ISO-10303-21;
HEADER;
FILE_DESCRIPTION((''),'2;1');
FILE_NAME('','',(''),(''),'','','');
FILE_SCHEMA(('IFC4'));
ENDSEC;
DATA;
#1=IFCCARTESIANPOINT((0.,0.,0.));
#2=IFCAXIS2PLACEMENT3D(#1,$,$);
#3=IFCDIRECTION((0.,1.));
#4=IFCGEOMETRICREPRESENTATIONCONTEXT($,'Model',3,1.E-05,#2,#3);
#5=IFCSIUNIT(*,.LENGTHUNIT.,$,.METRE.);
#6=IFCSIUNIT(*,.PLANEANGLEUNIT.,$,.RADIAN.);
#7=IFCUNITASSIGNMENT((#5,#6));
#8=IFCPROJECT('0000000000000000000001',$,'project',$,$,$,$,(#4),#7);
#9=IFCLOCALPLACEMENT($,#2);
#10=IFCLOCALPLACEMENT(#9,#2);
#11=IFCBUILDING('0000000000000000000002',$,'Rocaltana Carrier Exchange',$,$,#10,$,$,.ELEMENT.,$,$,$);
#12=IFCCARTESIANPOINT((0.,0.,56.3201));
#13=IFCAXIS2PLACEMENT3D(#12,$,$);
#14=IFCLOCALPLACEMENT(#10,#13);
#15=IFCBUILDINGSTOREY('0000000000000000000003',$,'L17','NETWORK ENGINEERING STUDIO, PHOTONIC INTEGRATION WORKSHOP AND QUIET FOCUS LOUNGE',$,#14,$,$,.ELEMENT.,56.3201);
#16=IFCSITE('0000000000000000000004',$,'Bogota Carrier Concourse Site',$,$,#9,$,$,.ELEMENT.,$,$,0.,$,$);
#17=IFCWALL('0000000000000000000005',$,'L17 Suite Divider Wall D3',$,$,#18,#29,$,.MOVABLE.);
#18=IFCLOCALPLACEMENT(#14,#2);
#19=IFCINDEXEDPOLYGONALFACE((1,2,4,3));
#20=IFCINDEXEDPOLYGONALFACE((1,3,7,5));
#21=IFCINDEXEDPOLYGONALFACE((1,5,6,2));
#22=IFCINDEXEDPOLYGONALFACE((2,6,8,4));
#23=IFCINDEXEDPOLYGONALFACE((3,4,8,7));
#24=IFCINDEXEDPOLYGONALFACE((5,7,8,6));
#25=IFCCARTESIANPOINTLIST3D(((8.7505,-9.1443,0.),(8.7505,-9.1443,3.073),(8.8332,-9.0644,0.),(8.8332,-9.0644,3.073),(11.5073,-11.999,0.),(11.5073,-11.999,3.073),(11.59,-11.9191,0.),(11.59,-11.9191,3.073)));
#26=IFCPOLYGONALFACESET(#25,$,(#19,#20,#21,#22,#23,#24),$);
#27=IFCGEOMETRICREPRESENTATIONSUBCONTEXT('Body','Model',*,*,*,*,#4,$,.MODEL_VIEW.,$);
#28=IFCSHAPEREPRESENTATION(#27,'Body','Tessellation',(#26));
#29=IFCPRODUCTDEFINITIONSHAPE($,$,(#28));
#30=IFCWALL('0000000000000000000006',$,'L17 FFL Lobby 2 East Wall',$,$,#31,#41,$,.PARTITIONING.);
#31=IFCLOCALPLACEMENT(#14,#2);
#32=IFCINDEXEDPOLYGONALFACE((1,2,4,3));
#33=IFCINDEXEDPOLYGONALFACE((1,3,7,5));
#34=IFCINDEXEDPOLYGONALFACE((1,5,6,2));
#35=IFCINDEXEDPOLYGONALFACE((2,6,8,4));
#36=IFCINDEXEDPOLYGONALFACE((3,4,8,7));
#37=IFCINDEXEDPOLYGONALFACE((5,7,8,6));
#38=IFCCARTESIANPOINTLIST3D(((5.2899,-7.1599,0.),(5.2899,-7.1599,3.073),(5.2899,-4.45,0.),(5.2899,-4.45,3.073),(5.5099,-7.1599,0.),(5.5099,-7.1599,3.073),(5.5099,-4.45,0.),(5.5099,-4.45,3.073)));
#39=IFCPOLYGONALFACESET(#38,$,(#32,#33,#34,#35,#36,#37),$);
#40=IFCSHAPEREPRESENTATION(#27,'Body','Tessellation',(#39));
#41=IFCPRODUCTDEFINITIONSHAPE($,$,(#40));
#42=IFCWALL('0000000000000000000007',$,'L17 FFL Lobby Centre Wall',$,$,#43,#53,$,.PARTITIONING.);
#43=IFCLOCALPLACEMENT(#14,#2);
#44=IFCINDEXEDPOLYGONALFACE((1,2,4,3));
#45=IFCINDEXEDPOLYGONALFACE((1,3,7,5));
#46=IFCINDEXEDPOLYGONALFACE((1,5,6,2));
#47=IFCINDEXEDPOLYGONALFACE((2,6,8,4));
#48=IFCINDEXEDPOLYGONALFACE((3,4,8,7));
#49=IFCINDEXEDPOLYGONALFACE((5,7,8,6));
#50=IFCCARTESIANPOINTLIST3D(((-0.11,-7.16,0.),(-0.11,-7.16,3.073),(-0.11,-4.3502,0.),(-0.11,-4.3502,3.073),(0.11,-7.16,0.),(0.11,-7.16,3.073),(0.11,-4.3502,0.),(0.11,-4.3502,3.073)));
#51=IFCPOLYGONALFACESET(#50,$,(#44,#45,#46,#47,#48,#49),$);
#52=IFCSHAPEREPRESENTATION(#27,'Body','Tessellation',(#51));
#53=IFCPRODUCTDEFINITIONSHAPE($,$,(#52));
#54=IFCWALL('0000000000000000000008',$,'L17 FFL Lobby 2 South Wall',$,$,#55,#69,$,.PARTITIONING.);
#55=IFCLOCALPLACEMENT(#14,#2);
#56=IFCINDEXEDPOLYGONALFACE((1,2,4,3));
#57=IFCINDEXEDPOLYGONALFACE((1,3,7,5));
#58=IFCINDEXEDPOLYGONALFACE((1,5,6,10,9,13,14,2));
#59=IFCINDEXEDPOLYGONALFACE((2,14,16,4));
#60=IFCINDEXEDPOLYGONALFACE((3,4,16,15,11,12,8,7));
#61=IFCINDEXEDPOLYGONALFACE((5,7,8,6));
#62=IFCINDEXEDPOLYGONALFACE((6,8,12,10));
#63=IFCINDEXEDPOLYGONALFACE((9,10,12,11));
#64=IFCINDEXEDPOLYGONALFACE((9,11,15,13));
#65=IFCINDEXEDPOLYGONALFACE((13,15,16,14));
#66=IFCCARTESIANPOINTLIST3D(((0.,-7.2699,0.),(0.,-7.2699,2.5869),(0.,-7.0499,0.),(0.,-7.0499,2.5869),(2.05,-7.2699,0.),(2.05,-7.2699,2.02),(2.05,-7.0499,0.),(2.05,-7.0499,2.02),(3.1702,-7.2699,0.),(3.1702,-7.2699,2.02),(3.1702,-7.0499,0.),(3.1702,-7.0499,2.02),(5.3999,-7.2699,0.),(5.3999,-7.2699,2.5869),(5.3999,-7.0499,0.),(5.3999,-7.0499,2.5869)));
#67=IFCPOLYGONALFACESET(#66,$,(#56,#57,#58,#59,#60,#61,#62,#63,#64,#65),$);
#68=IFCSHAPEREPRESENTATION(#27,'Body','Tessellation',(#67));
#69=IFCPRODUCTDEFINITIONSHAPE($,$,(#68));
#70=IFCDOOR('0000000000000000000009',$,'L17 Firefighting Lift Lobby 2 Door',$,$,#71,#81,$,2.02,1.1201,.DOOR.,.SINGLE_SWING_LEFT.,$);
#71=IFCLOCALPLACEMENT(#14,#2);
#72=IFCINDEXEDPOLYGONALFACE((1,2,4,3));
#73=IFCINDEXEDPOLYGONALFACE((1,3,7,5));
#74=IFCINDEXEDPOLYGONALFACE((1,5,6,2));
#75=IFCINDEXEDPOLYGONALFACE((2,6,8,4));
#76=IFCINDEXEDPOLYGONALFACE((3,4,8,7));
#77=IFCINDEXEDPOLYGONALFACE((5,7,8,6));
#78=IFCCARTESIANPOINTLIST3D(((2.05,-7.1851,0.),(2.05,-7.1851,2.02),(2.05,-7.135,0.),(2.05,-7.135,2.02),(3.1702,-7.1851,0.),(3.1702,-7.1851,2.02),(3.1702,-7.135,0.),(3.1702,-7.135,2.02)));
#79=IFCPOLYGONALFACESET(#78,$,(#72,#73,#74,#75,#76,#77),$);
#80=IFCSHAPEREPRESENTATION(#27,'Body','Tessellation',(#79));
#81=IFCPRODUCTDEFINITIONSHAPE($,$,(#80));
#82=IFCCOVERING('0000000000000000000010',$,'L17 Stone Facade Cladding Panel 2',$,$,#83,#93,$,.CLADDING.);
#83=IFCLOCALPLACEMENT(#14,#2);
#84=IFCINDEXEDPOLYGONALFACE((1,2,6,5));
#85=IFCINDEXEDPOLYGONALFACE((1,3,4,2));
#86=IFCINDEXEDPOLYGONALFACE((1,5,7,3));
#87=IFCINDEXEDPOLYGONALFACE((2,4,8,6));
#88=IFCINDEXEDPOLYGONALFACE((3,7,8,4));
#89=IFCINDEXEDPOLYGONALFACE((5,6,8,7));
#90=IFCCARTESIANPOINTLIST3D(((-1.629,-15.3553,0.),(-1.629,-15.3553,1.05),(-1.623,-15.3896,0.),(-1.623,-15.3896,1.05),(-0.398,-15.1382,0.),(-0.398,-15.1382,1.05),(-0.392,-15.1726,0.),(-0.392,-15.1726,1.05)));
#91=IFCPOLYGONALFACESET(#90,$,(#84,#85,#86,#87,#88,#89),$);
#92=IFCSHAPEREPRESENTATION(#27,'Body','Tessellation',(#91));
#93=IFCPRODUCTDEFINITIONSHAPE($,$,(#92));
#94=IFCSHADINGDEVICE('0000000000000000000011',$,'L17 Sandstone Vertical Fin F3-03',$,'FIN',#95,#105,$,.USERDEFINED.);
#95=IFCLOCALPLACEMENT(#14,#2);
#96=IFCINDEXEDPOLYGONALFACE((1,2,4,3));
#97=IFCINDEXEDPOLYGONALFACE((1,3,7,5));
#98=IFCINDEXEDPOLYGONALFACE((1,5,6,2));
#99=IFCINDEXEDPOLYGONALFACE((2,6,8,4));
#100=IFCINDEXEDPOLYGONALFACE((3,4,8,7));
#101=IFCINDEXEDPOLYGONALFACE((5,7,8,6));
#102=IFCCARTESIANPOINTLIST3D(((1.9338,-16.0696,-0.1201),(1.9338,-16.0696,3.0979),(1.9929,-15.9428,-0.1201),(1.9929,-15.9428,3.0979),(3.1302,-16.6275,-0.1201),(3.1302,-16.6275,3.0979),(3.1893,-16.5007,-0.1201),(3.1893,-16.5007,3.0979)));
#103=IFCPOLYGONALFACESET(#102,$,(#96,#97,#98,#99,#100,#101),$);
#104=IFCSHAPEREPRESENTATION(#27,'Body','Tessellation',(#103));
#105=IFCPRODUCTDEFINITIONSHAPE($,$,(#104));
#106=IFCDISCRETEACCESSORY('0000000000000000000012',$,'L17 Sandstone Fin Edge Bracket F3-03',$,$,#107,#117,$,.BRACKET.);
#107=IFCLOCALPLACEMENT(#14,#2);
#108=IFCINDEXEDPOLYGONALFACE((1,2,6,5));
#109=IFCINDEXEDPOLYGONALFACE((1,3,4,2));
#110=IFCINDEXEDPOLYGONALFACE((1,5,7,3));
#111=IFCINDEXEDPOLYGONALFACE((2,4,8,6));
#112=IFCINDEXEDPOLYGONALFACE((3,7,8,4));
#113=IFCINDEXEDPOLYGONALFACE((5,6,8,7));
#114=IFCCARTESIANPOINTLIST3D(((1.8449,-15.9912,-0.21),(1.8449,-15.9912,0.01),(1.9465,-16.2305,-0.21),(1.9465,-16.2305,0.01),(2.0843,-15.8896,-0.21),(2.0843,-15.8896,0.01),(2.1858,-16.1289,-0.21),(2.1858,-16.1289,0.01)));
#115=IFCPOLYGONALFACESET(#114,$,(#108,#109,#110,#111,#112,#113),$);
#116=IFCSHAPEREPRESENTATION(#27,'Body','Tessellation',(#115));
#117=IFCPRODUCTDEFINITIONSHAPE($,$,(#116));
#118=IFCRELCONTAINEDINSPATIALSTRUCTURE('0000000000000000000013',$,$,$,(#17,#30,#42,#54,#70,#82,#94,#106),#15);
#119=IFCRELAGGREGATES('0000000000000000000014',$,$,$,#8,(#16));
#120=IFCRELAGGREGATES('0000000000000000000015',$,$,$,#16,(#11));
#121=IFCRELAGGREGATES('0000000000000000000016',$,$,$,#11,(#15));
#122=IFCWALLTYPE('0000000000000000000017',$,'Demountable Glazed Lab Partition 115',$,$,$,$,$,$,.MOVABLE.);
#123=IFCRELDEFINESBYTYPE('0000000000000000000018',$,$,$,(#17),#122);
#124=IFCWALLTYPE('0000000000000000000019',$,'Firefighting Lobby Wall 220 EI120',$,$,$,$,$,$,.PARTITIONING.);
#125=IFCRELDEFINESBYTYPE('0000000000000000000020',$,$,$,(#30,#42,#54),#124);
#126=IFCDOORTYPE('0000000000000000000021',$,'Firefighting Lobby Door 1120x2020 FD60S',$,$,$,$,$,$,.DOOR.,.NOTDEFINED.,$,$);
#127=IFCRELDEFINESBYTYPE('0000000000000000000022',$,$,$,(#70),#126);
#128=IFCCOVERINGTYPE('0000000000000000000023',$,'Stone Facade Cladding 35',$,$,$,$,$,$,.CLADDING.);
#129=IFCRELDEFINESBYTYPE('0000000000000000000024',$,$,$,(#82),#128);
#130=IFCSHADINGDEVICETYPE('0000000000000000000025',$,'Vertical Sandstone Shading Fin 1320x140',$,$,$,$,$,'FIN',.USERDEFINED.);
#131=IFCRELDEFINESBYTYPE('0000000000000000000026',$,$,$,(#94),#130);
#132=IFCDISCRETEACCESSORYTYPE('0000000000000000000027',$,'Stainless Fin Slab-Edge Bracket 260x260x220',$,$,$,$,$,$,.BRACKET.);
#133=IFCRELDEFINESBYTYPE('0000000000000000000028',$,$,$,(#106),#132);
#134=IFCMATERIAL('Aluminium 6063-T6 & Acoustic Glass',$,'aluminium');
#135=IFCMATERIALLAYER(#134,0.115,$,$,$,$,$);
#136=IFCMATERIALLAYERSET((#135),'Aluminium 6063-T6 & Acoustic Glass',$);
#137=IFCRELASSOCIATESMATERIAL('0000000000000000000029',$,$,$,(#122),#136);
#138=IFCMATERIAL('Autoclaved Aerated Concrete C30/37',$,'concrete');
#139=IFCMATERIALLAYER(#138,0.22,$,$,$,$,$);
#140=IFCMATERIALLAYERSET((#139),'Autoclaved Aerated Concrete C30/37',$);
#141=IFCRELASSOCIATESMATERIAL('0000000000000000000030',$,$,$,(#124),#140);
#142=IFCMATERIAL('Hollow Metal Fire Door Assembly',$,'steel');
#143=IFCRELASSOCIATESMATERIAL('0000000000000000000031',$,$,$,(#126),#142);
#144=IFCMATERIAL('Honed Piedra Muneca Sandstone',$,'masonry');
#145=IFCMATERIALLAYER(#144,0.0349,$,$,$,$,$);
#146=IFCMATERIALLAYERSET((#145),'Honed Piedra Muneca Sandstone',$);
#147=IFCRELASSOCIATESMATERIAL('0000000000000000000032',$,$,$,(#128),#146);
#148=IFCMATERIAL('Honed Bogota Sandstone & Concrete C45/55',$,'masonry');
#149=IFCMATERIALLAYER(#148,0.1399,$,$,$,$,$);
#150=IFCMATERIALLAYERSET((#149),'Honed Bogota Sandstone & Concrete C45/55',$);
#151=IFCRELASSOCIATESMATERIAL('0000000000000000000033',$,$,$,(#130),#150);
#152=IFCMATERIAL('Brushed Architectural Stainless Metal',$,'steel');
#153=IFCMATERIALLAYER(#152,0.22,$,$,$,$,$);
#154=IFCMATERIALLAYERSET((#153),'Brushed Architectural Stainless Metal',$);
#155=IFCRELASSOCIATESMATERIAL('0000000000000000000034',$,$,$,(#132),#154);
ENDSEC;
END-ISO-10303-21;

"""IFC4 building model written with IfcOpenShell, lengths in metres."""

from ifc_helpers import new_model, si_unit, direction, frame, frame_2d, origin, origin_2d, place, context, subcontext, project, spatial, rectangle, extrude, material, layer, layer_set, type_object, element, fill, save


model = new_model("IFC4")

# Units and contexts
model_context = context("Model", 3, precision=1e-05, world=origin(), true_north=direction((0.0, 1.0)))
body_context = subcontext(model_context, "Body", "Model", "MODEL_VIEW")
ifc_project = project(units=[si_unit("LENGTHUNIT", "METRE"), si_unit("PLANEANGLEUNIT", "RADIAN")], contexts=[model_context])

# Site, building, storey
site_placement = place(None, origin())
site = spatial("IfcSite", under=ifc_project, at=site_placement, Name="Bogota Carrier Concourse Site", CompositionType="ELEMENT", RefElevation=0.0)
building_placement = place(site_placement, origin())
building = spatial("IfcBuilding", under=site, at=building_placement, Name="Rocaltana Carrier Exchange", CompositionType="ELEMENT")
storey_placement = place(building_placement, frame((0.0, 0.0, 56.3201)))
storey = spatial("IfcBuildingStorey", under=building, at=storey_placement, Name="L17", Description="NETWORK ENGINEERING STUDIO, PHOTONIC INTEGRATION WORKSHOP AND QUIET FOCUS LOUNGE", CompositionType="ELEMENT", Elevation=56.3201)

# Walls
ifc_material_1 = material(Name="Aluminium 6063-T6 & Acoustic Glass", Category="aluminium")
ifc_layer_1 = layer(ifc_material_1, 0.115)
ifc_layer_set_1 = layer_set([ifc_layer_1], Name="Aluminium 6063-T6 & Acoustic Glass")
wall_type_1 = type_object("IfcWallType", Name="Demountable Glazed Lab Partition 115", PredefinedType="MOVABLE", material=ifc_layer_set_1)
wall_1_placement = place(storey_placement, frame((8.7917, -9.1042, 0.0), z_axis=(0.0, 0.0, 1.0), x_axis=(0.694665, -0.719334, 0.0)))
element("IfcWall", 1, at=wall_1_placement, inside=storey, type_object=wall_type_1, Name="L17 Suite Divider Wall D3", PredefinedType="MOVABLE", context=body_context, shape_type="SweptSolid", body=[
    extrude(rectangle(XDim=3.9685, YDim=0.115, at=frame_2d((1.9844, 0.0))), origin(), (0.0, 0.0, 1.0), 3.073),
])
ifc_material_2 = material(Name="Autoclaved Aerated Concrete C30/37", Category="concrete")
ifc_layer_2 = layer(ifc_material_2, 0.22)
ifc_layer_set_2 = layer_set([ifc_layer_2], Name="Autoclaved Aerated Concrete C30/37")
wall_type_2 = type_object("IfcWallType", Name="Firefighting Lobby Wall 220 EI120", PredefinedType="PARTITIONING", material=ifc_layer_set_2)
wall_2_placement = place(storey_placement, frame((5.3999, -7.1599, 0.0), z_axis=(0.0, 0.0, 1.0), x_axis=(0.0, 1.0, 0.0)))
element("IfcWall", 2, at=wall_2_placement, inside=storey, type_object=wall_type_2, Name="L17 FFL Lobby 2 East Wall", PredefinedType="PARTITIONING", context=body_context, shape_type="SweptSolid", body=[
    extrude(rectangle(XDim=2.71, YDim=0.22, at=frame_2d((1.355, 0.0))), origin(), (0.0, 0.0, 1.0), 3.073),
])
wall_3_placement = place(storey_placement, frame((0.0, -7.1599, 0.0), z_axis=(0.0, 0.0, 1.0), x_axis=(0.0, 1.0, 0.0)))
element("IfcWall", 3, at=wall_3_placement, inside=storey, type_object=wall_type_2, Name="L17 FFL Lobby Centre Wall", PredefinedType="PARTITIONING", context=body_context, shape_type="SweptSolid", body=[
    extrude(rectangle(XDim=2.8098, YDim=0.22, at=frame_2d((1.4048, 0.0))), origin(), (0.0, 0.0, 1.0), 3.073),
])

# Wall, opening, door
wall_4_placement = place(storey_placement, frame((0.0, -7.1599, 0.0), z_axis=(0.0, 0.0, 1.0), x_axis=(1.0, 0.0, 0.0)))
wall_4 = element("IfcWall", 4, at=wall_4_placement, inside=storey, type_object=wall_type_2, Name="L17 FFL Lobby 2 South Wall", PredefinedType="PARTITIONING", context=body_context, shape_type="SweptSolid", body=[
    extrude(rectangle(XDim=5.3999, YDim=0.22, at=frame_2d((2.7, 0.0))), origin(), (0.0, 0.0, 1.0), 2.5869),
])
opening_1_placement = place(wall_4_placement, frame((2.05, 0.0, 0.0)))
opening_1 = element("IfcOpeningElement", 5, at=opening_1_placement, cuts=wall_4, PredefinedType="OPENING", context=body_context, shape_type="SweptSolid", body=[
    extrude(rectangle(XDim=1.1201, YDim=2.02, at=frame_2d((0.5601, 1.01))), frame((0.0, 0.1199, 0.0), z_axis=(0.0, -1.0, 0.0), x_axis=(1.0, 0.0, 0.0)), (0.0, 0.0, 1.0), 0.24),
])
ifc_material_3 = material(Name="Hollow Metal Fire Door Assembly", Category="steel")
door_type_1 = type_object("IfcDoorType", Name="Firefighting Lobby Door 1120x2020 FD60S", OperationType="NOTDEFINED", PredefinedType="DOOR", material=ifc_material_3)
door_1_placement = place(opening_1_placement, origin())
door_1 = element("IfcDoor", 6, at=door_1_placement, inside=storey, type_object=door_type_1, Name="L17 Firefighting Lift Lobby 2 Door", OperationType="SINGLE_SWING_LEFT", OverallHeight=2.02, OverallWidth=1.1201, PredefinedType="DOOR", context=body_context, shape_type="SweptSolid", body=[
    extrude(rectangle(XDim=1.1201, YDim=2.02, at=frame_2d((0.5601, 1.01))), frame((0.0, 0.0249, 0.0), z_axis=(0.0, -1.0, 0.0), x_axis=(1.0, 0.0, 0.0)), (0.0, 0.0, 1.0), 0.05),
])
fill(opening_1, door_1)

# Covering
ifc_material_4 = material(Name="Honed Piedra Muneca Sandstone", Category="masonry")
ifc_layer_3 = layer(ifc_material_4, 0.0349)
ifc_layer_set_3 = layer_set([ifc_layer_3], Name="Honed Piedra Muneca Sandstone")
covering_type = type_object("IfcCoveringType", Name="Stone Facade Cladding 35", PredefinedType="CLADDING", material=ifc_layer_set_3)
covering_placement = place(storey_placement, frame((-1.0105, -15.2639, 0.0), z_axis=(0.0, 0.0, 1.0), x_axis=(0.984808, 0.173648, 0.0)))
element("IfcCovering", 7, at=covering_placement, inside=storey, type_object=covering_type, Name="L17 Stone Facade Cladding Panel 2", PredefinedType="CLADDING", context=body_context, shape_type="SweptSolid", body=[
    extrude(rectangle(XDim=1.25, YDim=0.0349, at=origin_2d()), origin(), (0.0, 0.0, 1.0), 1.05),
])

# Shading device
ifc_material_5 = material(Name="Honed Bogota Sandstone & Concrete C45/55", Category="masonry")
ifc_layer_4 = layer(ifc_material_5, 0.1399)
ifc_layer_set_4 = layer_set([ifc_layer_4], Name="Honed Bogota Sandstone & Concrete C45/55")
shading_device_type = type_object("IfcShadingDeviceType", Name="Vertical Sandstone Shading Fin 1320x140", ElementType="FIN", PredefinedType="USERDEFINED", material=ifc_layer_set_4)
shading_device_placement = place(storey_placement, frame((2.5615, -16.2852, -0.1201), z_axis=(0.0, 0.0, 1.0), x_axis=(0.906308, -0.422618, 0.0)))
element("IfcShadingDevice", 8, at=shading_device_placement, inside=storey, type_object=shading_device_type, Name="L17 Sandstone Vertical Fin F3-03", ObjectType="FIN", PredefinedType="USERDEFINED", context=body_context, shape_type="SweptSolid", body=[
    extrude(rectangle(XDim=1.3201, YDim=0.1399, at=origin_2d()), origin(), (0.0, 0.0, 1.0), 3.218),
])

# Discrete accessory
ifc_material_6 = material(Name="Brushed Architectural Stainless Metal", Category="steel")
ifc_layer_5 = layer(ifc_material_6, 0.22)
ifc_layer_set_5 = layer_set([ifc_layer_5], Name="Brushed Architectural Stainless Metal")
discrete_accessory_type = type_object("IfcDiscreteAccessoryType", Name="Stainless Fin Slab-Edge Bracket 260x260x220", PredefinedType="BRACKET", material=ifc_layer_set_5)
discrete_accessory_placement = place(storey_placement, frame((2.0154, -16.0601, -0.21), z_axis=(0.0, 0.0, 1.0), x_axis=(0.920505, 0.390731, 0.0)))
element("IfcDiscreteAccessory", 9, at=discrete_accessory_placement, inside=storey, type_object=discrete_accessory_type, Name="L17 Sandstone Fin Edge Bracket F3-03", PredefinedType="BRACKET", context=body_context, shape_type="SweptSolid", body=[
    extrude(rectangle(XDim=0.26, YDim=0.26, at=origin_2d()), origin(), (0.0, 0.0, 1.0), 0.22),
])

save(model, "model.ifc")
